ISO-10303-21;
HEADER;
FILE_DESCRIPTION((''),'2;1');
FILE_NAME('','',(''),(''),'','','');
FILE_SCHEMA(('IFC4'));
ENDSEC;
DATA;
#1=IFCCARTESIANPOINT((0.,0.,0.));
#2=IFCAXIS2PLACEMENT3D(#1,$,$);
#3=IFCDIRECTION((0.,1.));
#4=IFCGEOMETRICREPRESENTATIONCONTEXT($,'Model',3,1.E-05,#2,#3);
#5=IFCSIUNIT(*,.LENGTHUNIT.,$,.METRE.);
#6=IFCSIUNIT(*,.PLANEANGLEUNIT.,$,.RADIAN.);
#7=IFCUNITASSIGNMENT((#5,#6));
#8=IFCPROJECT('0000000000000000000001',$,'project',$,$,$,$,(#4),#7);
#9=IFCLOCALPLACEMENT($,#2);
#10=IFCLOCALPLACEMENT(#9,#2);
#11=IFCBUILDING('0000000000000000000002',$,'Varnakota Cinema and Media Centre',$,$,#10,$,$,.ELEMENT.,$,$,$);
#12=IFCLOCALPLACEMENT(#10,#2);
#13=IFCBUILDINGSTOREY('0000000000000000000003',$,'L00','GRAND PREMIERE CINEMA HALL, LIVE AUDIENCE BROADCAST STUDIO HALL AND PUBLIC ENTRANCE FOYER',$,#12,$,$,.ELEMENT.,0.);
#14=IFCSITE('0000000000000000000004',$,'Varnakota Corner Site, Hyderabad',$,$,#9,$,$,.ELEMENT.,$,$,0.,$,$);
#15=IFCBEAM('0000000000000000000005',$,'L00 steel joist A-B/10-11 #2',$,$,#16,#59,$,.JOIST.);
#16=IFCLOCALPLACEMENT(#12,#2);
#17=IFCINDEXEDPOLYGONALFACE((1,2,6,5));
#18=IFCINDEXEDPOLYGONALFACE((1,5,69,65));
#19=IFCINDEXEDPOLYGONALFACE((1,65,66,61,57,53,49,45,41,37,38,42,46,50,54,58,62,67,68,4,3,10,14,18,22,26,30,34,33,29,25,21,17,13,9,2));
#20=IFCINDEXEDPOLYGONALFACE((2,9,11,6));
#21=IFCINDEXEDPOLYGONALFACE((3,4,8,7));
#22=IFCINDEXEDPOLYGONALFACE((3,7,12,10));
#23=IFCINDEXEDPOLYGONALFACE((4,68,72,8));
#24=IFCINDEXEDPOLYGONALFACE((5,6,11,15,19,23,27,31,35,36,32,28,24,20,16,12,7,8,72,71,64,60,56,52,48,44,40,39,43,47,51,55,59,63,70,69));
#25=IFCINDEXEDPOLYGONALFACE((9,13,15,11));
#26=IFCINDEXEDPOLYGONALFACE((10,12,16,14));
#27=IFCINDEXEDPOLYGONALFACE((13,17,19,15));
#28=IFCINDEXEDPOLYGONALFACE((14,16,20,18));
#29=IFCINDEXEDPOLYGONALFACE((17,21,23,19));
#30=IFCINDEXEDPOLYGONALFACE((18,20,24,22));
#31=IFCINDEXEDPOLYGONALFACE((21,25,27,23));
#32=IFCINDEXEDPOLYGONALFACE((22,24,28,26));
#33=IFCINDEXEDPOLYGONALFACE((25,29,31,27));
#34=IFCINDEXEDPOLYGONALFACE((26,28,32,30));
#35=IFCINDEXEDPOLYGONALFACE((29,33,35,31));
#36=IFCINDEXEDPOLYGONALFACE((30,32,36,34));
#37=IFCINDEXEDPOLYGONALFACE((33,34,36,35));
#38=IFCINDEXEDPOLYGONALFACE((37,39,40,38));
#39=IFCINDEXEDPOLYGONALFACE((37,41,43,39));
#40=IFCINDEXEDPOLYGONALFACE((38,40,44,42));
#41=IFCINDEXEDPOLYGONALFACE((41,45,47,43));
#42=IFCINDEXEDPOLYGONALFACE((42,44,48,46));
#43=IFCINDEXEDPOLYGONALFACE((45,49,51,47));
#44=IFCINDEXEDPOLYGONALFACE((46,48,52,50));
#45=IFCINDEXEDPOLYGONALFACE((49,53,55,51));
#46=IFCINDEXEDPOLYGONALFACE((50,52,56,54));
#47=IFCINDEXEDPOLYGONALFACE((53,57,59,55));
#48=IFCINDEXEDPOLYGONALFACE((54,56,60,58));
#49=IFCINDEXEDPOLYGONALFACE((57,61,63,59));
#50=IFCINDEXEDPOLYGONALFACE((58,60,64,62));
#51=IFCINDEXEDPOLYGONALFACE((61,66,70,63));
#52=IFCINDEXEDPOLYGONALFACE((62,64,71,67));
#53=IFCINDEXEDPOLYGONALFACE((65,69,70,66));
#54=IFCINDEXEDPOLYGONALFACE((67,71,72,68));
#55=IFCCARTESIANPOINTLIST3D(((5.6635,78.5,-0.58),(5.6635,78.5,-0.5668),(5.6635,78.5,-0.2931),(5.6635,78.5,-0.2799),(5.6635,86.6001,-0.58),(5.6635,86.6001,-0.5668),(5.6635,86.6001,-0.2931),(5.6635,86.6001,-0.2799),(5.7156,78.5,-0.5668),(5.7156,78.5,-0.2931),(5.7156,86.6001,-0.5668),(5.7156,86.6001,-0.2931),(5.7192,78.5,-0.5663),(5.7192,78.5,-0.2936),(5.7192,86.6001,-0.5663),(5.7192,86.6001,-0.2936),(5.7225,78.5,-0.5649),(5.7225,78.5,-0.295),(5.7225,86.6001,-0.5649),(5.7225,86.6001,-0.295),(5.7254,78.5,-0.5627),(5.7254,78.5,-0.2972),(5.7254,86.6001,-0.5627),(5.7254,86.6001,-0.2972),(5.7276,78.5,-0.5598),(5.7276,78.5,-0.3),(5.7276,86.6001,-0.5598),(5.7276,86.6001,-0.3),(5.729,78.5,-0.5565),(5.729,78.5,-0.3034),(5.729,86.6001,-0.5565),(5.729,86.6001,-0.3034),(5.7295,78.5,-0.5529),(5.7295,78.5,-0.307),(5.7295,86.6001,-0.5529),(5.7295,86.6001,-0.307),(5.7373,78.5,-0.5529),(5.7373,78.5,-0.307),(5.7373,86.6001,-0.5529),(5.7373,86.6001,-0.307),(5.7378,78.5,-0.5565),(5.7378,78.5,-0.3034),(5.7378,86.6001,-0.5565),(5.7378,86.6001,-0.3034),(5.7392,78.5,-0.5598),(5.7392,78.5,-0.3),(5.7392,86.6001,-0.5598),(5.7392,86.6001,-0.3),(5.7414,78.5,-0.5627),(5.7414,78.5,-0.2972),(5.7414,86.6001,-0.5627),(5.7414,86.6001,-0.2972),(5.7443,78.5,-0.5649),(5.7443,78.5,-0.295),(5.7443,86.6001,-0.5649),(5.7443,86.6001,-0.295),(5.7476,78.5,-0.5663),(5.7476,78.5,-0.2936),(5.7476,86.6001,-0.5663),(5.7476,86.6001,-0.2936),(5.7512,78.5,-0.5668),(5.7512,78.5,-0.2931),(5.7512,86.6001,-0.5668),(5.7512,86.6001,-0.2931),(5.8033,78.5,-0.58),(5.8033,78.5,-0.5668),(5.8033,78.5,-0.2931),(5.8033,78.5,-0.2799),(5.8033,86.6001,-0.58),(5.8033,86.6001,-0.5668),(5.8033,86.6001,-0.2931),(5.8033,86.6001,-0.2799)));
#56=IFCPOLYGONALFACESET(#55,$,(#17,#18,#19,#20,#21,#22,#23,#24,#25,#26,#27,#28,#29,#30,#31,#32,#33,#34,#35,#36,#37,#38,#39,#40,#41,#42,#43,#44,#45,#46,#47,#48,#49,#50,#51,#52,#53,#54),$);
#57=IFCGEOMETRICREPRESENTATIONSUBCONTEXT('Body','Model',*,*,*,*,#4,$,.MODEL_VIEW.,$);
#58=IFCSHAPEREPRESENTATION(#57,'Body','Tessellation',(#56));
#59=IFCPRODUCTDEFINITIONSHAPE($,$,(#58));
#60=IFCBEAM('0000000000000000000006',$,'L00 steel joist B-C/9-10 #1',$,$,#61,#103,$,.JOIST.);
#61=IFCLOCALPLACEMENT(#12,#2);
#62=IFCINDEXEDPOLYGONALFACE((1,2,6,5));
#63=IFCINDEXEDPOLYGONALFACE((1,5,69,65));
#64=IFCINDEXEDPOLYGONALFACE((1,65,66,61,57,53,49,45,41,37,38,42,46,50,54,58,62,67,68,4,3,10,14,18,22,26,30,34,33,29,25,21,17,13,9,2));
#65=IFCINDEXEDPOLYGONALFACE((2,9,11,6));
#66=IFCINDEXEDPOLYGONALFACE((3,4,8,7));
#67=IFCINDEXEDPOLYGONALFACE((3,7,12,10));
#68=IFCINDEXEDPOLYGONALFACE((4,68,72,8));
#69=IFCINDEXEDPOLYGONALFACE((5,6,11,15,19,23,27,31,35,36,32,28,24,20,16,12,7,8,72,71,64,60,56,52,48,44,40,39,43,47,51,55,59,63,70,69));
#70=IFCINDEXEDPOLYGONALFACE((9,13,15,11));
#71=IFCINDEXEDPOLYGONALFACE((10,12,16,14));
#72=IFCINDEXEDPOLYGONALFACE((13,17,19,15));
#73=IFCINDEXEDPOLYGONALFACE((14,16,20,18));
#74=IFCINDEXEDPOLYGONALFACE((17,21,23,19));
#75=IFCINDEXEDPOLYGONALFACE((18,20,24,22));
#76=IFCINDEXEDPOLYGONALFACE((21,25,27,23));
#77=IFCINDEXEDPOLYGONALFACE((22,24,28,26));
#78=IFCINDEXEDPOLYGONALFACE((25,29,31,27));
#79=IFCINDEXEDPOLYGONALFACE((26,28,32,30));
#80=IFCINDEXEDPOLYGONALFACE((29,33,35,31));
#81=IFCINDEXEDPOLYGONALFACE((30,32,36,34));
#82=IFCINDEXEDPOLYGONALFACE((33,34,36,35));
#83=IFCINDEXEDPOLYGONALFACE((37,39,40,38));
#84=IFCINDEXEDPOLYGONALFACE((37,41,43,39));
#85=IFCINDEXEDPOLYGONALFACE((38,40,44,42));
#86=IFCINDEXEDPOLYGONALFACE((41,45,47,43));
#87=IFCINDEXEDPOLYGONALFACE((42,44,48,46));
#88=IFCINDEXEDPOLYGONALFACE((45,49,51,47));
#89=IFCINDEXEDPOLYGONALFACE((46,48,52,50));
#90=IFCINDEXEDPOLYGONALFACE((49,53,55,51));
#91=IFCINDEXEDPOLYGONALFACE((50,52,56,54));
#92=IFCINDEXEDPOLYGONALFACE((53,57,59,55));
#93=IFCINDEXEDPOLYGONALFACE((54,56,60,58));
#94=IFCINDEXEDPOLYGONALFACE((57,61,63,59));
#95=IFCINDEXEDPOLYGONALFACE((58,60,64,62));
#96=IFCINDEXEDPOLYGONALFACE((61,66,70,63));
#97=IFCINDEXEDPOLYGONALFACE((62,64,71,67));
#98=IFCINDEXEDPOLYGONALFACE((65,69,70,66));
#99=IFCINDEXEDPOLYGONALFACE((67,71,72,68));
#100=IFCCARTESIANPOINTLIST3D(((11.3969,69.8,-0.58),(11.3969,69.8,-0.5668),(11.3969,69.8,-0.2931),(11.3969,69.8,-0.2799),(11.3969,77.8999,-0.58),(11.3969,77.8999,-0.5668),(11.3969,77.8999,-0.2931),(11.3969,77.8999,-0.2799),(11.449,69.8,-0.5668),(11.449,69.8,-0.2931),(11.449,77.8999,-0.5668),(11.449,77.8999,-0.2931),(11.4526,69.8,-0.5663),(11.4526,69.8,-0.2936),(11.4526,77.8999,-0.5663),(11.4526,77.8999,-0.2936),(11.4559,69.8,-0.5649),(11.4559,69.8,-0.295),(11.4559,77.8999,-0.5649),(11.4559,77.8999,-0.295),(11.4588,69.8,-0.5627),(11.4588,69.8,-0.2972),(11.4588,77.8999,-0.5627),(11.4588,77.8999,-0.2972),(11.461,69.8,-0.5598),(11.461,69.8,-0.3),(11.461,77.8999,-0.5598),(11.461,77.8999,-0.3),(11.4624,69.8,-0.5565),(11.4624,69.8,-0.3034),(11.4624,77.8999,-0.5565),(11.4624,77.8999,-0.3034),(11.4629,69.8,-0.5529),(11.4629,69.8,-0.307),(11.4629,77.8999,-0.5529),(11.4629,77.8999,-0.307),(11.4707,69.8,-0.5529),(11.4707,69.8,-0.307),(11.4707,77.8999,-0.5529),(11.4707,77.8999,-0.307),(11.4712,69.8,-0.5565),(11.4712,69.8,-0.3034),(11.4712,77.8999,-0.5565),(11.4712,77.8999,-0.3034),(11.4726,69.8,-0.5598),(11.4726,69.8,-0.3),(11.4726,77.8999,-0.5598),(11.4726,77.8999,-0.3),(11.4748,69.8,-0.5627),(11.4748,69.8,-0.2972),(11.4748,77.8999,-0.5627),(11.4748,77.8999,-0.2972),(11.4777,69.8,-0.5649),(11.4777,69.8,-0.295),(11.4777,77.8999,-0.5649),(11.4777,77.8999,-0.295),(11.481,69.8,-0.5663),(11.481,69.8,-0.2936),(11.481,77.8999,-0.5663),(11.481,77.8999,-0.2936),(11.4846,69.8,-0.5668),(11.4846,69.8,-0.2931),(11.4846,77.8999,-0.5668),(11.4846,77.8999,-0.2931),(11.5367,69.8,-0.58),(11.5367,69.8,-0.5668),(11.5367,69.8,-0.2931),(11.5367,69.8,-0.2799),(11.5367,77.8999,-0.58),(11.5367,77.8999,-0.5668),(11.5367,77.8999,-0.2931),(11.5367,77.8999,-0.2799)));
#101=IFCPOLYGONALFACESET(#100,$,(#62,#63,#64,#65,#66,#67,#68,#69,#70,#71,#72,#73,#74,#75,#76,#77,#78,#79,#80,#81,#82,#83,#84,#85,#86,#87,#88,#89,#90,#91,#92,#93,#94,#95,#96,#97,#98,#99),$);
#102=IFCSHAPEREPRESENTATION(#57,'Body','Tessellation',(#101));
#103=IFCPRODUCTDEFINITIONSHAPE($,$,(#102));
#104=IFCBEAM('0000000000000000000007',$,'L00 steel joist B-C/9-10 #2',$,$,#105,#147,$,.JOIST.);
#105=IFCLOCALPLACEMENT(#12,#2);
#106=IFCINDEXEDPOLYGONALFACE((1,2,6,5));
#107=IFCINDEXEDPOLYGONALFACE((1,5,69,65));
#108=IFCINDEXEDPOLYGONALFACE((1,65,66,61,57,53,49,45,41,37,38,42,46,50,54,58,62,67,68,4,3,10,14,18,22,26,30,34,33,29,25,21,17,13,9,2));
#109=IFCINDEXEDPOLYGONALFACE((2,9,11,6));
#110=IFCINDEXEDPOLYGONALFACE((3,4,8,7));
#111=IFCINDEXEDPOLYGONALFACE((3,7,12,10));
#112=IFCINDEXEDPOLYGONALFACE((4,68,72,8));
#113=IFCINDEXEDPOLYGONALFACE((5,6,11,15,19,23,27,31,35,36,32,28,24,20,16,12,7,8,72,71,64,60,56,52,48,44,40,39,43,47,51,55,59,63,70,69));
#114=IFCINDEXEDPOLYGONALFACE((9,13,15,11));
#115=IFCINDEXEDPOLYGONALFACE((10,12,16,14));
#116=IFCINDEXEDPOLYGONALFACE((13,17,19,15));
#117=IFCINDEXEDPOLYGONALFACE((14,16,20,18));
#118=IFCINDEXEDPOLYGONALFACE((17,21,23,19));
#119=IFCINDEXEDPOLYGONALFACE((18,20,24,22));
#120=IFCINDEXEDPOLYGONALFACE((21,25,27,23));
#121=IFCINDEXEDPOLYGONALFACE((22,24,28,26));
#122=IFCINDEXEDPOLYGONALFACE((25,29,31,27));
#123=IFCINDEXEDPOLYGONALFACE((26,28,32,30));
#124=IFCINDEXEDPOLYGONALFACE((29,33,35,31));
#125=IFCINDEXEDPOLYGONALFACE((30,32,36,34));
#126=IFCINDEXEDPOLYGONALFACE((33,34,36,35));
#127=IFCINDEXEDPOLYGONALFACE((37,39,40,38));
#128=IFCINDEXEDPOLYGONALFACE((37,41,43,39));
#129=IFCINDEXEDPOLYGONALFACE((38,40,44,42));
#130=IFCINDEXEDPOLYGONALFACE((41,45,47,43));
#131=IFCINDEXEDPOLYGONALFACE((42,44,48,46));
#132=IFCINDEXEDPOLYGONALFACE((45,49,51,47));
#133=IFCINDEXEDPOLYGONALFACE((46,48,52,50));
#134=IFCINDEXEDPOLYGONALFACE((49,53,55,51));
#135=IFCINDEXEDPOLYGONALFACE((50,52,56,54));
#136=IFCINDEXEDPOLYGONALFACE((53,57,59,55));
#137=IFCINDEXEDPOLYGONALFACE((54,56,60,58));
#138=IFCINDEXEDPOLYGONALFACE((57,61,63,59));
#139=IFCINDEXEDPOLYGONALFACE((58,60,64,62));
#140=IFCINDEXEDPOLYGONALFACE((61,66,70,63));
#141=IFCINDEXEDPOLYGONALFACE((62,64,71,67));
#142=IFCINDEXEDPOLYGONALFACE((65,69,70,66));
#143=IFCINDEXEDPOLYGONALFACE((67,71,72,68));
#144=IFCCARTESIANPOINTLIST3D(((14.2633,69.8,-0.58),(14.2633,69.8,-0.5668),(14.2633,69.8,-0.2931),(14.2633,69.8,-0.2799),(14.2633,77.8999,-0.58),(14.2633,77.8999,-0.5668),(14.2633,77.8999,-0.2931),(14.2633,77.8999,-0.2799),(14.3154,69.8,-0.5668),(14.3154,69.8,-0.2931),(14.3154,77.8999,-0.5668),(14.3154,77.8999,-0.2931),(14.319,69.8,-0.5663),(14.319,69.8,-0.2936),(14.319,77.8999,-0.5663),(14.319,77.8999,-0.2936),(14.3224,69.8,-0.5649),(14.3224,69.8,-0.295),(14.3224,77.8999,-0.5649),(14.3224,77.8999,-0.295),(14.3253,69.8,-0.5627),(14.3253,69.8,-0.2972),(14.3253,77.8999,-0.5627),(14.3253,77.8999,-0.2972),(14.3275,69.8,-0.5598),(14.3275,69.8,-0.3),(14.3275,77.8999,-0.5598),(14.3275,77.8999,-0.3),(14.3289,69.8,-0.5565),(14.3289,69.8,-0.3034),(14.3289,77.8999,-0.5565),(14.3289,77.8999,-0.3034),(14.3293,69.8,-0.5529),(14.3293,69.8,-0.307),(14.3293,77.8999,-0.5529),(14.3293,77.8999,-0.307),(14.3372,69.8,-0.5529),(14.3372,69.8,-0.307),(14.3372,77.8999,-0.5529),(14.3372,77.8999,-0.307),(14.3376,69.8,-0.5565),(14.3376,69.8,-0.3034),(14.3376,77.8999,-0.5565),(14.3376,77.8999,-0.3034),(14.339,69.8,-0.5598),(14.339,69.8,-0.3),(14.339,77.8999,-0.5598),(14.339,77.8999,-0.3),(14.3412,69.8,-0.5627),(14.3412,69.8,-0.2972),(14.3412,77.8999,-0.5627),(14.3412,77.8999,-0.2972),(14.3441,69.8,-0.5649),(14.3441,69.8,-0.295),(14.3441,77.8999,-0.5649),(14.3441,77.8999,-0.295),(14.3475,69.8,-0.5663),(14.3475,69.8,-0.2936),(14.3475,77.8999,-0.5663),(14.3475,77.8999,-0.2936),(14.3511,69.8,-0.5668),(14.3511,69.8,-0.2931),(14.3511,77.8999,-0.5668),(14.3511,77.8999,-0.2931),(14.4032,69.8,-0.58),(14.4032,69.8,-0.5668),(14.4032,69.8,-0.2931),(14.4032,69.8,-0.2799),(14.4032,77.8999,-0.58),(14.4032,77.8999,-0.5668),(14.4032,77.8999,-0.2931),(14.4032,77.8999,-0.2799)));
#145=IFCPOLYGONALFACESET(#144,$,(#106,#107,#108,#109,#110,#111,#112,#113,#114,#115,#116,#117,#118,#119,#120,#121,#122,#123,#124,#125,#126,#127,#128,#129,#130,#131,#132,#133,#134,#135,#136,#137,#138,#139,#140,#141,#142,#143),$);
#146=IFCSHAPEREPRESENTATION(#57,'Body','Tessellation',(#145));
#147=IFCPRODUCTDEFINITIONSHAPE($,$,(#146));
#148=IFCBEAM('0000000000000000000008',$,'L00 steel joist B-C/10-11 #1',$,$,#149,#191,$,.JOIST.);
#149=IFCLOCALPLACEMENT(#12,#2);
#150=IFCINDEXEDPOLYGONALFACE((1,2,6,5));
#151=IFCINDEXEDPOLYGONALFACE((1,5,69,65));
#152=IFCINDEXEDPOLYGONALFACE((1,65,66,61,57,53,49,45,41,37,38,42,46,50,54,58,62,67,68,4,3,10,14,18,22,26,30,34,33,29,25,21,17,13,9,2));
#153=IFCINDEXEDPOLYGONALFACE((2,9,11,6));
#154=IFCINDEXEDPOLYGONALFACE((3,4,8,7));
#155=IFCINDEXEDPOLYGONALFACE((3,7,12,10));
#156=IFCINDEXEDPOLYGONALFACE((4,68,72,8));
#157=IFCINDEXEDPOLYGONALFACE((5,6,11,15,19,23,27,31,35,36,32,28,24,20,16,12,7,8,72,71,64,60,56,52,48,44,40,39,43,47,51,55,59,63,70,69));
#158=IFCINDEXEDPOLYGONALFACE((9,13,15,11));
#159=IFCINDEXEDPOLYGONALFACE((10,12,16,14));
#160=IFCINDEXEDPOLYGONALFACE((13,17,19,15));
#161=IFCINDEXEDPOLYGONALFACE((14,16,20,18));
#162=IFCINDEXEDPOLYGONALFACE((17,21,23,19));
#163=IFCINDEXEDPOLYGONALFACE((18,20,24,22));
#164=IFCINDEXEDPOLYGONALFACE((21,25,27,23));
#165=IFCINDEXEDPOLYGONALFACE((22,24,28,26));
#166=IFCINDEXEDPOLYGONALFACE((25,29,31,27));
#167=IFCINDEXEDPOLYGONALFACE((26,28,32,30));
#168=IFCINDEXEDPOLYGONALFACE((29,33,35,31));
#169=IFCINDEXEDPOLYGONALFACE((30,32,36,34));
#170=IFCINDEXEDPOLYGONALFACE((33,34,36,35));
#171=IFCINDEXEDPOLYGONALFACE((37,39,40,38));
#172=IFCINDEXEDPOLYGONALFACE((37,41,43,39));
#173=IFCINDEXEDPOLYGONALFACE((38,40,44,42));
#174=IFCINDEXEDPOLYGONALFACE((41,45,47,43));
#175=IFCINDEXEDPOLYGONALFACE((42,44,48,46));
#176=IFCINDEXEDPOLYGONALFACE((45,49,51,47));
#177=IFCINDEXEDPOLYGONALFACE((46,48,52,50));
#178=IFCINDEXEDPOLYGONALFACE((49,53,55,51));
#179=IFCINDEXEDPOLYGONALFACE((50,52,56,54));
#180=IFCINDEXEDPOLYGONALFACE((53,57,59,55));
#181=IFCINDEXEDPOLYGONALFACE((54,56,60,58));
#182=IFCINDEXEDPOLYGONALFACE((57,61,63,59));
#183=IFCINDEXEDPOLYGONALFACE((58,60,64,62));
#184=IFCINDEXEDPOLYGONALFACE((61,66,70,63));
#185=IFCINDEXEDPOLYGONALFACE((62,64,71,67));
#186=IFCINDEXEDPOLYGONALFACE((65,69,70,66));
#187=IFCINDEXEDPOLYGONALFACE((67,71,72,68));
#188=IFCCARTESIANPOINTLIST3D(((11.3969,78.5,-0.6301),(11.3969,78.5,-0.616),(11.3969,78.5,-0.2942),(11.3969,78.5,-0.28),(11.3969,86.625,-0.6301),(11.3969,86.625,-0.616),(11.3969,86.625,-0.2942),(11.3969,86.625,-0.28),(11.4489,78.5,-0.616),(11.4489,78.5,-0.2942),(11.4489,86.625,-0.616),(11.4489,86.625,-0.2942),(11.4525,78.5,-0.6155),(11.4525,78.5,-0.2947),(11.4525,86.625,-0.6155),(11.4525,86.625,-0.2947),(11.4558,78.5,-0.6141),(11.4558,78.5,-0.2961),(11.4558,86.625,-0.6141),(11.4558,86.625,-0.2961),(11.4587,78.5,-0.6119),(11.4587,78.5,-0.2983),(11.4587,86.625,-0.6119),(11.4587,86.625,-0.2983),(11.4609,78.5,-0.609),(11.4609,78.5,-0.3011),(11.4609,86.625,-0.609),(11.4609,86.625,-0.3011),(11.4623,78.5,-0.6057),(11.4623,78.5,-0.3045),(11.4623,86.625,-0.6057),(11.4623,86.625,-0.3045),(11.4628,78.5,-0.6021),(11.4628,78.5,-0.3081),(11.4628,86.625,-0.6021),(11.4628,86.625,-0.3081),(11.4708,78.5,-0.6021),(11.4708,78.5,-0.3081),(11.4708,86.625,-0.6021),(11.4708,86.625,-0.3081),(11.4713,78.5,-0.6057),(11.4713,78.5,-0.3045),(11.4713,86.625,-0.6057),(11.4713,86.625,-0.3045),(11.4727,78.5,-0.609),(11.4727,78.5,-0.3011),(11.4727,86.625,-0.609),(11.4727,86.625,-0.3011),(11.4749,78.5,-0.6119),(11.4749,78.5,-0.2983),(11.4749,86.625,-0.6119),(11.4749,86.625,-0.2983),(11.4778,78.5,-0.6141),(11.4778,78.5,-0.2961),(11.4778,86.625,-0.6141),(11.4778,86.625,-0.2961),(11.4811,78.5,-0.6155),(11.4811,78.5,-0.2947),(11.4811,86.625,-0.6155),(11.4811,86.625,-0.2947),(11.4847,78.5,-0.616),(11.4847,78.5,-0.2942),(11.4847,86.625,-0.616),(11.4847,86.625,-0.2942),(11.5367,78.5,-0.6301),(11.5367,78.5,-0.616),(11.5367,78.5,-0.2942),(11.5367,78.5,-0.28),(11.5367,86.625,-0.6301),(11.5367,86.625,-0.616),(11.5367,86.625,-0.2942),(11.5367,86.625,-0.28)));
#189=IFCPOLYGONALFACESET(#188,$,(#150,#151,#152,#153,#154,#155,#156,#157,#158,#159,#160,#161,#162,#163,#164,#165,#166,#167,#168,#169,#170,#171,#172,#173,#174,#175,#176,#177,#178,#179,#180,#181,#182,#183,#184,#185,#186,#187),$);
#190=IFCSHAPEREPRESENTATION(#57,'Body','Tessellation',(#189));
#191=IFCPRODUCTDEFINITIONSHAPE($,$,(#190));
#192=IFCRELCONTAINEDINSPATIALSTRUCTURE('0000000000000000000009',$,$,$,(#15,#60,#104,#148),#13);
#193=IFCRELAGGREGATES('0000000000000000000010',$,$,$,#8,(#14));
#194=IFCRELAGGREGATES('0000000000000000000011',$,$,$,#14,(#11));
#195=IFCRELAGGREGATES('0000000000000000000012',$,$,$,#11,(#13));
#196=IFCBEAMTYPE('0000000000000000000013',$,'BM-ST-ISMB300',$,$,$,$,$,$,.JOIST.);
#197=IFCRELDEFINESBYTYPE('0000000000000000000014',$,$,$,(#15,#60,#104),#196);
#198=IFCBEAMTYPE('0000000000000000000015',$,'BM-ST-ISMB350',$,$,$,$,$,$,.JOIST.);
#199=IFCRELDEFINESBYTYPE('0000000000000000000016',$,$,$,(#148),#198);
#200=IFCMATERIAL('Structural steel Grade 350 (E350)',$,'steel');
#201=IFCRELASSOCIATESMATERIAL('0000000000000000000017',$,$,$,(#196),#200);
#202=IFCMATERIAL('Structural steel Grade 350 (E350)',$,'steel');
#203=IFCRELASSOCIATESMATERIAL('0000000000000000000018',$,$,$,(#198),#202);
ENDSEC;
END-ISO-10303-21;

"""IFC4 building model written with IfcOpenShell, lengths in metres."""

from ifc_helpers import new_model, si_unit, direction, frame, origin, origin_2d, place, context, subcontext, project, spatial, i_section, extrude, material, material_profile, profile_set, type_object, element, save


model = new_model("IFC4")

# Units and contexts
model_context = context("Model", 3, precision=1e-05, world=origin(), true_north=direction((0.0, 1.0)))
body_context = subcontext(model_context, "Body", "Model", "MODEL_VIEW")
ifc_project = project(units=[si_unit("LENGTHUNIT", "METRE"), si_unit("PLANEANGLEUNIT", "RADIAN")], contexts=[model_context])

# Site, building, storey
site_placement = place(None, origin())
site = spatial("IfcSite", under=ifc_project, at=site_placement, Name="Varnakota Corner Site, Hyderabad", CompositionType="ELEMENT", RefElevation=0.0)
building_placement = place(site_placement, origin())
building = spatial("IfcBuilding", under=site, at=building_placement, Name="Varnakota Cinema and Media Centre", CompositionType="ELEMENT")
storey_placement = place(building_placement, origin())
storey = spatial("IfcBuildingStorey", under=building, at=storey_placement, Name="L00", Description="GRAND PREMIERE CINEMA HALL, LIVE AUDIENCE BROADCAST STUDIO HALL AND PUBLIC ENTRANCE FOYER", CompositionType="ELEMENT", Elevation=0.0)

# Beams
ifc_material_1 = material(Name="Structural steel Grade 350 (E350)", Category="steel")
ifc_material_profile_1 = material_profile(ifc_material_1, i_section(OverallWidth=0.1399, OverallDepth=0.3, WebThickness=0.0078, FlangeThickness=0.0132, FilletRadius=0.0139, at=origin_2d()), Name="ISMB 300")
ifc_profile_set_1 = profile_set([ifc_material_profile_1], Name="Structural steel Grade 350 (E350)")
beam_type_1 = type_object("IfcBeamType", Name="BM-ST-ISMB300", PredefinedType="JOIST", material=ifc_profile_set_1)
for number, where, z_axis, x_axis, name in (
    (1, (5.7334, 78.5, -0.4299), (0.0, 1.0, 0.0), (-1.0, 0.0, 0.0), "L00 steel joist A-B/10-11 #2"),
):
    element("IfcBeam", number, at=place(storey_placement, frame(where, z_axis=z_axis, x_axis=x_axis)), inside=storey, type_object=beam_type_1, Name=name, PredefinedType="JOIST", context=body_context, shape_type="SweptSolid", body=[
        extrude(i_section(OverallWidth=0.1399, OverallDepth=0.3, WebThickness=0.0078, FlangeThickness=0.0132, FilletRadius=0.0139, at=origin_2d()), origin(), (0.0, 0.0, 1.0), 8.1001),
    ])
for number, where, z_axis, x_axis, name in (
    (2, (11.4668, 69.8, -0.4299), (0.0, 1.0, 0.0), (-1.0, 0.0, 0.0), "L00 steel joist B-C/9-10 #1"),
    (3, (14.3333, 69.8, -0.4299), (0.0, 1.0, 0.0), (-1.0, 0.0, 0.0), "L00 steel joist B-C/9-10 #2"),
):
    element("IfcBeam", number, at=place(storey_placement, frame(where, z_axis=z_axis, x_axis=x_axis)), inside=storey, type_object=beam_type_1, Name=name, PredefinedType="JOIST", context=body_context, shape_type="SweptSolid", body=[
        extrude(i_section(OverallWidth=0.1399, OverallDepth=0.3, WebThickness=0.0078, FlangeThickness=0.0132, FilletRadius=0.0139, at=origin_2d()), origin(), (0.0, 0.0, 1.0), 8.0999),
    ])
ifc_material_2 = material(Name="Structural steel Grade 350 (E350)", Category="steel")
ifc_material_profile_2 = material_profile(ifc_material_2, i_section(OverallWidth=0.1399, OverallDepth=0.3501, WebThickness=0.0081, FlangeThickness=0.0142, FilletRadius=0.0139, at=origin_2d()), Name="ISMB 350")
ifc_profile_set_2 = profile_set([ifc_material_profile_2], Name="Structural steel Grade 350 (E350)")
beam_type_2 = type_object("IfcBeamType", Name="BM-ST-ISMB350", PredefinedType="JOIST", material=ifc_profile_set_2)
for number, where, z_axis, x_axis, name in (
    (4, (11.4668, 78.5, -0.4551), (0.0, 1.0, 0.0), (-1.0, 0.0, 0.0), "L00 steel joist B-C/10-11 #1"),
):
    element("IfcBeam", number, at=place(storey_placement, frame(where, z_axis=z_axis, x_axis=x_axis)), inside=storey, type_object=beam_type_2, Name=name, PredefinedType="JOIST", context=body_context, shape_type="SweptSolid", body=[
        extrude(i_section(OverallWidth=0.1399, OverallDepth=0.3501, WebThickness=0.0081, FlangeThickness=0.0142, FilletRadius=0.0139, at=origin_2d()), origin(), (0.0, 0.0, 1.0), 8.125),
    ])

save(model, "model.ifc")
